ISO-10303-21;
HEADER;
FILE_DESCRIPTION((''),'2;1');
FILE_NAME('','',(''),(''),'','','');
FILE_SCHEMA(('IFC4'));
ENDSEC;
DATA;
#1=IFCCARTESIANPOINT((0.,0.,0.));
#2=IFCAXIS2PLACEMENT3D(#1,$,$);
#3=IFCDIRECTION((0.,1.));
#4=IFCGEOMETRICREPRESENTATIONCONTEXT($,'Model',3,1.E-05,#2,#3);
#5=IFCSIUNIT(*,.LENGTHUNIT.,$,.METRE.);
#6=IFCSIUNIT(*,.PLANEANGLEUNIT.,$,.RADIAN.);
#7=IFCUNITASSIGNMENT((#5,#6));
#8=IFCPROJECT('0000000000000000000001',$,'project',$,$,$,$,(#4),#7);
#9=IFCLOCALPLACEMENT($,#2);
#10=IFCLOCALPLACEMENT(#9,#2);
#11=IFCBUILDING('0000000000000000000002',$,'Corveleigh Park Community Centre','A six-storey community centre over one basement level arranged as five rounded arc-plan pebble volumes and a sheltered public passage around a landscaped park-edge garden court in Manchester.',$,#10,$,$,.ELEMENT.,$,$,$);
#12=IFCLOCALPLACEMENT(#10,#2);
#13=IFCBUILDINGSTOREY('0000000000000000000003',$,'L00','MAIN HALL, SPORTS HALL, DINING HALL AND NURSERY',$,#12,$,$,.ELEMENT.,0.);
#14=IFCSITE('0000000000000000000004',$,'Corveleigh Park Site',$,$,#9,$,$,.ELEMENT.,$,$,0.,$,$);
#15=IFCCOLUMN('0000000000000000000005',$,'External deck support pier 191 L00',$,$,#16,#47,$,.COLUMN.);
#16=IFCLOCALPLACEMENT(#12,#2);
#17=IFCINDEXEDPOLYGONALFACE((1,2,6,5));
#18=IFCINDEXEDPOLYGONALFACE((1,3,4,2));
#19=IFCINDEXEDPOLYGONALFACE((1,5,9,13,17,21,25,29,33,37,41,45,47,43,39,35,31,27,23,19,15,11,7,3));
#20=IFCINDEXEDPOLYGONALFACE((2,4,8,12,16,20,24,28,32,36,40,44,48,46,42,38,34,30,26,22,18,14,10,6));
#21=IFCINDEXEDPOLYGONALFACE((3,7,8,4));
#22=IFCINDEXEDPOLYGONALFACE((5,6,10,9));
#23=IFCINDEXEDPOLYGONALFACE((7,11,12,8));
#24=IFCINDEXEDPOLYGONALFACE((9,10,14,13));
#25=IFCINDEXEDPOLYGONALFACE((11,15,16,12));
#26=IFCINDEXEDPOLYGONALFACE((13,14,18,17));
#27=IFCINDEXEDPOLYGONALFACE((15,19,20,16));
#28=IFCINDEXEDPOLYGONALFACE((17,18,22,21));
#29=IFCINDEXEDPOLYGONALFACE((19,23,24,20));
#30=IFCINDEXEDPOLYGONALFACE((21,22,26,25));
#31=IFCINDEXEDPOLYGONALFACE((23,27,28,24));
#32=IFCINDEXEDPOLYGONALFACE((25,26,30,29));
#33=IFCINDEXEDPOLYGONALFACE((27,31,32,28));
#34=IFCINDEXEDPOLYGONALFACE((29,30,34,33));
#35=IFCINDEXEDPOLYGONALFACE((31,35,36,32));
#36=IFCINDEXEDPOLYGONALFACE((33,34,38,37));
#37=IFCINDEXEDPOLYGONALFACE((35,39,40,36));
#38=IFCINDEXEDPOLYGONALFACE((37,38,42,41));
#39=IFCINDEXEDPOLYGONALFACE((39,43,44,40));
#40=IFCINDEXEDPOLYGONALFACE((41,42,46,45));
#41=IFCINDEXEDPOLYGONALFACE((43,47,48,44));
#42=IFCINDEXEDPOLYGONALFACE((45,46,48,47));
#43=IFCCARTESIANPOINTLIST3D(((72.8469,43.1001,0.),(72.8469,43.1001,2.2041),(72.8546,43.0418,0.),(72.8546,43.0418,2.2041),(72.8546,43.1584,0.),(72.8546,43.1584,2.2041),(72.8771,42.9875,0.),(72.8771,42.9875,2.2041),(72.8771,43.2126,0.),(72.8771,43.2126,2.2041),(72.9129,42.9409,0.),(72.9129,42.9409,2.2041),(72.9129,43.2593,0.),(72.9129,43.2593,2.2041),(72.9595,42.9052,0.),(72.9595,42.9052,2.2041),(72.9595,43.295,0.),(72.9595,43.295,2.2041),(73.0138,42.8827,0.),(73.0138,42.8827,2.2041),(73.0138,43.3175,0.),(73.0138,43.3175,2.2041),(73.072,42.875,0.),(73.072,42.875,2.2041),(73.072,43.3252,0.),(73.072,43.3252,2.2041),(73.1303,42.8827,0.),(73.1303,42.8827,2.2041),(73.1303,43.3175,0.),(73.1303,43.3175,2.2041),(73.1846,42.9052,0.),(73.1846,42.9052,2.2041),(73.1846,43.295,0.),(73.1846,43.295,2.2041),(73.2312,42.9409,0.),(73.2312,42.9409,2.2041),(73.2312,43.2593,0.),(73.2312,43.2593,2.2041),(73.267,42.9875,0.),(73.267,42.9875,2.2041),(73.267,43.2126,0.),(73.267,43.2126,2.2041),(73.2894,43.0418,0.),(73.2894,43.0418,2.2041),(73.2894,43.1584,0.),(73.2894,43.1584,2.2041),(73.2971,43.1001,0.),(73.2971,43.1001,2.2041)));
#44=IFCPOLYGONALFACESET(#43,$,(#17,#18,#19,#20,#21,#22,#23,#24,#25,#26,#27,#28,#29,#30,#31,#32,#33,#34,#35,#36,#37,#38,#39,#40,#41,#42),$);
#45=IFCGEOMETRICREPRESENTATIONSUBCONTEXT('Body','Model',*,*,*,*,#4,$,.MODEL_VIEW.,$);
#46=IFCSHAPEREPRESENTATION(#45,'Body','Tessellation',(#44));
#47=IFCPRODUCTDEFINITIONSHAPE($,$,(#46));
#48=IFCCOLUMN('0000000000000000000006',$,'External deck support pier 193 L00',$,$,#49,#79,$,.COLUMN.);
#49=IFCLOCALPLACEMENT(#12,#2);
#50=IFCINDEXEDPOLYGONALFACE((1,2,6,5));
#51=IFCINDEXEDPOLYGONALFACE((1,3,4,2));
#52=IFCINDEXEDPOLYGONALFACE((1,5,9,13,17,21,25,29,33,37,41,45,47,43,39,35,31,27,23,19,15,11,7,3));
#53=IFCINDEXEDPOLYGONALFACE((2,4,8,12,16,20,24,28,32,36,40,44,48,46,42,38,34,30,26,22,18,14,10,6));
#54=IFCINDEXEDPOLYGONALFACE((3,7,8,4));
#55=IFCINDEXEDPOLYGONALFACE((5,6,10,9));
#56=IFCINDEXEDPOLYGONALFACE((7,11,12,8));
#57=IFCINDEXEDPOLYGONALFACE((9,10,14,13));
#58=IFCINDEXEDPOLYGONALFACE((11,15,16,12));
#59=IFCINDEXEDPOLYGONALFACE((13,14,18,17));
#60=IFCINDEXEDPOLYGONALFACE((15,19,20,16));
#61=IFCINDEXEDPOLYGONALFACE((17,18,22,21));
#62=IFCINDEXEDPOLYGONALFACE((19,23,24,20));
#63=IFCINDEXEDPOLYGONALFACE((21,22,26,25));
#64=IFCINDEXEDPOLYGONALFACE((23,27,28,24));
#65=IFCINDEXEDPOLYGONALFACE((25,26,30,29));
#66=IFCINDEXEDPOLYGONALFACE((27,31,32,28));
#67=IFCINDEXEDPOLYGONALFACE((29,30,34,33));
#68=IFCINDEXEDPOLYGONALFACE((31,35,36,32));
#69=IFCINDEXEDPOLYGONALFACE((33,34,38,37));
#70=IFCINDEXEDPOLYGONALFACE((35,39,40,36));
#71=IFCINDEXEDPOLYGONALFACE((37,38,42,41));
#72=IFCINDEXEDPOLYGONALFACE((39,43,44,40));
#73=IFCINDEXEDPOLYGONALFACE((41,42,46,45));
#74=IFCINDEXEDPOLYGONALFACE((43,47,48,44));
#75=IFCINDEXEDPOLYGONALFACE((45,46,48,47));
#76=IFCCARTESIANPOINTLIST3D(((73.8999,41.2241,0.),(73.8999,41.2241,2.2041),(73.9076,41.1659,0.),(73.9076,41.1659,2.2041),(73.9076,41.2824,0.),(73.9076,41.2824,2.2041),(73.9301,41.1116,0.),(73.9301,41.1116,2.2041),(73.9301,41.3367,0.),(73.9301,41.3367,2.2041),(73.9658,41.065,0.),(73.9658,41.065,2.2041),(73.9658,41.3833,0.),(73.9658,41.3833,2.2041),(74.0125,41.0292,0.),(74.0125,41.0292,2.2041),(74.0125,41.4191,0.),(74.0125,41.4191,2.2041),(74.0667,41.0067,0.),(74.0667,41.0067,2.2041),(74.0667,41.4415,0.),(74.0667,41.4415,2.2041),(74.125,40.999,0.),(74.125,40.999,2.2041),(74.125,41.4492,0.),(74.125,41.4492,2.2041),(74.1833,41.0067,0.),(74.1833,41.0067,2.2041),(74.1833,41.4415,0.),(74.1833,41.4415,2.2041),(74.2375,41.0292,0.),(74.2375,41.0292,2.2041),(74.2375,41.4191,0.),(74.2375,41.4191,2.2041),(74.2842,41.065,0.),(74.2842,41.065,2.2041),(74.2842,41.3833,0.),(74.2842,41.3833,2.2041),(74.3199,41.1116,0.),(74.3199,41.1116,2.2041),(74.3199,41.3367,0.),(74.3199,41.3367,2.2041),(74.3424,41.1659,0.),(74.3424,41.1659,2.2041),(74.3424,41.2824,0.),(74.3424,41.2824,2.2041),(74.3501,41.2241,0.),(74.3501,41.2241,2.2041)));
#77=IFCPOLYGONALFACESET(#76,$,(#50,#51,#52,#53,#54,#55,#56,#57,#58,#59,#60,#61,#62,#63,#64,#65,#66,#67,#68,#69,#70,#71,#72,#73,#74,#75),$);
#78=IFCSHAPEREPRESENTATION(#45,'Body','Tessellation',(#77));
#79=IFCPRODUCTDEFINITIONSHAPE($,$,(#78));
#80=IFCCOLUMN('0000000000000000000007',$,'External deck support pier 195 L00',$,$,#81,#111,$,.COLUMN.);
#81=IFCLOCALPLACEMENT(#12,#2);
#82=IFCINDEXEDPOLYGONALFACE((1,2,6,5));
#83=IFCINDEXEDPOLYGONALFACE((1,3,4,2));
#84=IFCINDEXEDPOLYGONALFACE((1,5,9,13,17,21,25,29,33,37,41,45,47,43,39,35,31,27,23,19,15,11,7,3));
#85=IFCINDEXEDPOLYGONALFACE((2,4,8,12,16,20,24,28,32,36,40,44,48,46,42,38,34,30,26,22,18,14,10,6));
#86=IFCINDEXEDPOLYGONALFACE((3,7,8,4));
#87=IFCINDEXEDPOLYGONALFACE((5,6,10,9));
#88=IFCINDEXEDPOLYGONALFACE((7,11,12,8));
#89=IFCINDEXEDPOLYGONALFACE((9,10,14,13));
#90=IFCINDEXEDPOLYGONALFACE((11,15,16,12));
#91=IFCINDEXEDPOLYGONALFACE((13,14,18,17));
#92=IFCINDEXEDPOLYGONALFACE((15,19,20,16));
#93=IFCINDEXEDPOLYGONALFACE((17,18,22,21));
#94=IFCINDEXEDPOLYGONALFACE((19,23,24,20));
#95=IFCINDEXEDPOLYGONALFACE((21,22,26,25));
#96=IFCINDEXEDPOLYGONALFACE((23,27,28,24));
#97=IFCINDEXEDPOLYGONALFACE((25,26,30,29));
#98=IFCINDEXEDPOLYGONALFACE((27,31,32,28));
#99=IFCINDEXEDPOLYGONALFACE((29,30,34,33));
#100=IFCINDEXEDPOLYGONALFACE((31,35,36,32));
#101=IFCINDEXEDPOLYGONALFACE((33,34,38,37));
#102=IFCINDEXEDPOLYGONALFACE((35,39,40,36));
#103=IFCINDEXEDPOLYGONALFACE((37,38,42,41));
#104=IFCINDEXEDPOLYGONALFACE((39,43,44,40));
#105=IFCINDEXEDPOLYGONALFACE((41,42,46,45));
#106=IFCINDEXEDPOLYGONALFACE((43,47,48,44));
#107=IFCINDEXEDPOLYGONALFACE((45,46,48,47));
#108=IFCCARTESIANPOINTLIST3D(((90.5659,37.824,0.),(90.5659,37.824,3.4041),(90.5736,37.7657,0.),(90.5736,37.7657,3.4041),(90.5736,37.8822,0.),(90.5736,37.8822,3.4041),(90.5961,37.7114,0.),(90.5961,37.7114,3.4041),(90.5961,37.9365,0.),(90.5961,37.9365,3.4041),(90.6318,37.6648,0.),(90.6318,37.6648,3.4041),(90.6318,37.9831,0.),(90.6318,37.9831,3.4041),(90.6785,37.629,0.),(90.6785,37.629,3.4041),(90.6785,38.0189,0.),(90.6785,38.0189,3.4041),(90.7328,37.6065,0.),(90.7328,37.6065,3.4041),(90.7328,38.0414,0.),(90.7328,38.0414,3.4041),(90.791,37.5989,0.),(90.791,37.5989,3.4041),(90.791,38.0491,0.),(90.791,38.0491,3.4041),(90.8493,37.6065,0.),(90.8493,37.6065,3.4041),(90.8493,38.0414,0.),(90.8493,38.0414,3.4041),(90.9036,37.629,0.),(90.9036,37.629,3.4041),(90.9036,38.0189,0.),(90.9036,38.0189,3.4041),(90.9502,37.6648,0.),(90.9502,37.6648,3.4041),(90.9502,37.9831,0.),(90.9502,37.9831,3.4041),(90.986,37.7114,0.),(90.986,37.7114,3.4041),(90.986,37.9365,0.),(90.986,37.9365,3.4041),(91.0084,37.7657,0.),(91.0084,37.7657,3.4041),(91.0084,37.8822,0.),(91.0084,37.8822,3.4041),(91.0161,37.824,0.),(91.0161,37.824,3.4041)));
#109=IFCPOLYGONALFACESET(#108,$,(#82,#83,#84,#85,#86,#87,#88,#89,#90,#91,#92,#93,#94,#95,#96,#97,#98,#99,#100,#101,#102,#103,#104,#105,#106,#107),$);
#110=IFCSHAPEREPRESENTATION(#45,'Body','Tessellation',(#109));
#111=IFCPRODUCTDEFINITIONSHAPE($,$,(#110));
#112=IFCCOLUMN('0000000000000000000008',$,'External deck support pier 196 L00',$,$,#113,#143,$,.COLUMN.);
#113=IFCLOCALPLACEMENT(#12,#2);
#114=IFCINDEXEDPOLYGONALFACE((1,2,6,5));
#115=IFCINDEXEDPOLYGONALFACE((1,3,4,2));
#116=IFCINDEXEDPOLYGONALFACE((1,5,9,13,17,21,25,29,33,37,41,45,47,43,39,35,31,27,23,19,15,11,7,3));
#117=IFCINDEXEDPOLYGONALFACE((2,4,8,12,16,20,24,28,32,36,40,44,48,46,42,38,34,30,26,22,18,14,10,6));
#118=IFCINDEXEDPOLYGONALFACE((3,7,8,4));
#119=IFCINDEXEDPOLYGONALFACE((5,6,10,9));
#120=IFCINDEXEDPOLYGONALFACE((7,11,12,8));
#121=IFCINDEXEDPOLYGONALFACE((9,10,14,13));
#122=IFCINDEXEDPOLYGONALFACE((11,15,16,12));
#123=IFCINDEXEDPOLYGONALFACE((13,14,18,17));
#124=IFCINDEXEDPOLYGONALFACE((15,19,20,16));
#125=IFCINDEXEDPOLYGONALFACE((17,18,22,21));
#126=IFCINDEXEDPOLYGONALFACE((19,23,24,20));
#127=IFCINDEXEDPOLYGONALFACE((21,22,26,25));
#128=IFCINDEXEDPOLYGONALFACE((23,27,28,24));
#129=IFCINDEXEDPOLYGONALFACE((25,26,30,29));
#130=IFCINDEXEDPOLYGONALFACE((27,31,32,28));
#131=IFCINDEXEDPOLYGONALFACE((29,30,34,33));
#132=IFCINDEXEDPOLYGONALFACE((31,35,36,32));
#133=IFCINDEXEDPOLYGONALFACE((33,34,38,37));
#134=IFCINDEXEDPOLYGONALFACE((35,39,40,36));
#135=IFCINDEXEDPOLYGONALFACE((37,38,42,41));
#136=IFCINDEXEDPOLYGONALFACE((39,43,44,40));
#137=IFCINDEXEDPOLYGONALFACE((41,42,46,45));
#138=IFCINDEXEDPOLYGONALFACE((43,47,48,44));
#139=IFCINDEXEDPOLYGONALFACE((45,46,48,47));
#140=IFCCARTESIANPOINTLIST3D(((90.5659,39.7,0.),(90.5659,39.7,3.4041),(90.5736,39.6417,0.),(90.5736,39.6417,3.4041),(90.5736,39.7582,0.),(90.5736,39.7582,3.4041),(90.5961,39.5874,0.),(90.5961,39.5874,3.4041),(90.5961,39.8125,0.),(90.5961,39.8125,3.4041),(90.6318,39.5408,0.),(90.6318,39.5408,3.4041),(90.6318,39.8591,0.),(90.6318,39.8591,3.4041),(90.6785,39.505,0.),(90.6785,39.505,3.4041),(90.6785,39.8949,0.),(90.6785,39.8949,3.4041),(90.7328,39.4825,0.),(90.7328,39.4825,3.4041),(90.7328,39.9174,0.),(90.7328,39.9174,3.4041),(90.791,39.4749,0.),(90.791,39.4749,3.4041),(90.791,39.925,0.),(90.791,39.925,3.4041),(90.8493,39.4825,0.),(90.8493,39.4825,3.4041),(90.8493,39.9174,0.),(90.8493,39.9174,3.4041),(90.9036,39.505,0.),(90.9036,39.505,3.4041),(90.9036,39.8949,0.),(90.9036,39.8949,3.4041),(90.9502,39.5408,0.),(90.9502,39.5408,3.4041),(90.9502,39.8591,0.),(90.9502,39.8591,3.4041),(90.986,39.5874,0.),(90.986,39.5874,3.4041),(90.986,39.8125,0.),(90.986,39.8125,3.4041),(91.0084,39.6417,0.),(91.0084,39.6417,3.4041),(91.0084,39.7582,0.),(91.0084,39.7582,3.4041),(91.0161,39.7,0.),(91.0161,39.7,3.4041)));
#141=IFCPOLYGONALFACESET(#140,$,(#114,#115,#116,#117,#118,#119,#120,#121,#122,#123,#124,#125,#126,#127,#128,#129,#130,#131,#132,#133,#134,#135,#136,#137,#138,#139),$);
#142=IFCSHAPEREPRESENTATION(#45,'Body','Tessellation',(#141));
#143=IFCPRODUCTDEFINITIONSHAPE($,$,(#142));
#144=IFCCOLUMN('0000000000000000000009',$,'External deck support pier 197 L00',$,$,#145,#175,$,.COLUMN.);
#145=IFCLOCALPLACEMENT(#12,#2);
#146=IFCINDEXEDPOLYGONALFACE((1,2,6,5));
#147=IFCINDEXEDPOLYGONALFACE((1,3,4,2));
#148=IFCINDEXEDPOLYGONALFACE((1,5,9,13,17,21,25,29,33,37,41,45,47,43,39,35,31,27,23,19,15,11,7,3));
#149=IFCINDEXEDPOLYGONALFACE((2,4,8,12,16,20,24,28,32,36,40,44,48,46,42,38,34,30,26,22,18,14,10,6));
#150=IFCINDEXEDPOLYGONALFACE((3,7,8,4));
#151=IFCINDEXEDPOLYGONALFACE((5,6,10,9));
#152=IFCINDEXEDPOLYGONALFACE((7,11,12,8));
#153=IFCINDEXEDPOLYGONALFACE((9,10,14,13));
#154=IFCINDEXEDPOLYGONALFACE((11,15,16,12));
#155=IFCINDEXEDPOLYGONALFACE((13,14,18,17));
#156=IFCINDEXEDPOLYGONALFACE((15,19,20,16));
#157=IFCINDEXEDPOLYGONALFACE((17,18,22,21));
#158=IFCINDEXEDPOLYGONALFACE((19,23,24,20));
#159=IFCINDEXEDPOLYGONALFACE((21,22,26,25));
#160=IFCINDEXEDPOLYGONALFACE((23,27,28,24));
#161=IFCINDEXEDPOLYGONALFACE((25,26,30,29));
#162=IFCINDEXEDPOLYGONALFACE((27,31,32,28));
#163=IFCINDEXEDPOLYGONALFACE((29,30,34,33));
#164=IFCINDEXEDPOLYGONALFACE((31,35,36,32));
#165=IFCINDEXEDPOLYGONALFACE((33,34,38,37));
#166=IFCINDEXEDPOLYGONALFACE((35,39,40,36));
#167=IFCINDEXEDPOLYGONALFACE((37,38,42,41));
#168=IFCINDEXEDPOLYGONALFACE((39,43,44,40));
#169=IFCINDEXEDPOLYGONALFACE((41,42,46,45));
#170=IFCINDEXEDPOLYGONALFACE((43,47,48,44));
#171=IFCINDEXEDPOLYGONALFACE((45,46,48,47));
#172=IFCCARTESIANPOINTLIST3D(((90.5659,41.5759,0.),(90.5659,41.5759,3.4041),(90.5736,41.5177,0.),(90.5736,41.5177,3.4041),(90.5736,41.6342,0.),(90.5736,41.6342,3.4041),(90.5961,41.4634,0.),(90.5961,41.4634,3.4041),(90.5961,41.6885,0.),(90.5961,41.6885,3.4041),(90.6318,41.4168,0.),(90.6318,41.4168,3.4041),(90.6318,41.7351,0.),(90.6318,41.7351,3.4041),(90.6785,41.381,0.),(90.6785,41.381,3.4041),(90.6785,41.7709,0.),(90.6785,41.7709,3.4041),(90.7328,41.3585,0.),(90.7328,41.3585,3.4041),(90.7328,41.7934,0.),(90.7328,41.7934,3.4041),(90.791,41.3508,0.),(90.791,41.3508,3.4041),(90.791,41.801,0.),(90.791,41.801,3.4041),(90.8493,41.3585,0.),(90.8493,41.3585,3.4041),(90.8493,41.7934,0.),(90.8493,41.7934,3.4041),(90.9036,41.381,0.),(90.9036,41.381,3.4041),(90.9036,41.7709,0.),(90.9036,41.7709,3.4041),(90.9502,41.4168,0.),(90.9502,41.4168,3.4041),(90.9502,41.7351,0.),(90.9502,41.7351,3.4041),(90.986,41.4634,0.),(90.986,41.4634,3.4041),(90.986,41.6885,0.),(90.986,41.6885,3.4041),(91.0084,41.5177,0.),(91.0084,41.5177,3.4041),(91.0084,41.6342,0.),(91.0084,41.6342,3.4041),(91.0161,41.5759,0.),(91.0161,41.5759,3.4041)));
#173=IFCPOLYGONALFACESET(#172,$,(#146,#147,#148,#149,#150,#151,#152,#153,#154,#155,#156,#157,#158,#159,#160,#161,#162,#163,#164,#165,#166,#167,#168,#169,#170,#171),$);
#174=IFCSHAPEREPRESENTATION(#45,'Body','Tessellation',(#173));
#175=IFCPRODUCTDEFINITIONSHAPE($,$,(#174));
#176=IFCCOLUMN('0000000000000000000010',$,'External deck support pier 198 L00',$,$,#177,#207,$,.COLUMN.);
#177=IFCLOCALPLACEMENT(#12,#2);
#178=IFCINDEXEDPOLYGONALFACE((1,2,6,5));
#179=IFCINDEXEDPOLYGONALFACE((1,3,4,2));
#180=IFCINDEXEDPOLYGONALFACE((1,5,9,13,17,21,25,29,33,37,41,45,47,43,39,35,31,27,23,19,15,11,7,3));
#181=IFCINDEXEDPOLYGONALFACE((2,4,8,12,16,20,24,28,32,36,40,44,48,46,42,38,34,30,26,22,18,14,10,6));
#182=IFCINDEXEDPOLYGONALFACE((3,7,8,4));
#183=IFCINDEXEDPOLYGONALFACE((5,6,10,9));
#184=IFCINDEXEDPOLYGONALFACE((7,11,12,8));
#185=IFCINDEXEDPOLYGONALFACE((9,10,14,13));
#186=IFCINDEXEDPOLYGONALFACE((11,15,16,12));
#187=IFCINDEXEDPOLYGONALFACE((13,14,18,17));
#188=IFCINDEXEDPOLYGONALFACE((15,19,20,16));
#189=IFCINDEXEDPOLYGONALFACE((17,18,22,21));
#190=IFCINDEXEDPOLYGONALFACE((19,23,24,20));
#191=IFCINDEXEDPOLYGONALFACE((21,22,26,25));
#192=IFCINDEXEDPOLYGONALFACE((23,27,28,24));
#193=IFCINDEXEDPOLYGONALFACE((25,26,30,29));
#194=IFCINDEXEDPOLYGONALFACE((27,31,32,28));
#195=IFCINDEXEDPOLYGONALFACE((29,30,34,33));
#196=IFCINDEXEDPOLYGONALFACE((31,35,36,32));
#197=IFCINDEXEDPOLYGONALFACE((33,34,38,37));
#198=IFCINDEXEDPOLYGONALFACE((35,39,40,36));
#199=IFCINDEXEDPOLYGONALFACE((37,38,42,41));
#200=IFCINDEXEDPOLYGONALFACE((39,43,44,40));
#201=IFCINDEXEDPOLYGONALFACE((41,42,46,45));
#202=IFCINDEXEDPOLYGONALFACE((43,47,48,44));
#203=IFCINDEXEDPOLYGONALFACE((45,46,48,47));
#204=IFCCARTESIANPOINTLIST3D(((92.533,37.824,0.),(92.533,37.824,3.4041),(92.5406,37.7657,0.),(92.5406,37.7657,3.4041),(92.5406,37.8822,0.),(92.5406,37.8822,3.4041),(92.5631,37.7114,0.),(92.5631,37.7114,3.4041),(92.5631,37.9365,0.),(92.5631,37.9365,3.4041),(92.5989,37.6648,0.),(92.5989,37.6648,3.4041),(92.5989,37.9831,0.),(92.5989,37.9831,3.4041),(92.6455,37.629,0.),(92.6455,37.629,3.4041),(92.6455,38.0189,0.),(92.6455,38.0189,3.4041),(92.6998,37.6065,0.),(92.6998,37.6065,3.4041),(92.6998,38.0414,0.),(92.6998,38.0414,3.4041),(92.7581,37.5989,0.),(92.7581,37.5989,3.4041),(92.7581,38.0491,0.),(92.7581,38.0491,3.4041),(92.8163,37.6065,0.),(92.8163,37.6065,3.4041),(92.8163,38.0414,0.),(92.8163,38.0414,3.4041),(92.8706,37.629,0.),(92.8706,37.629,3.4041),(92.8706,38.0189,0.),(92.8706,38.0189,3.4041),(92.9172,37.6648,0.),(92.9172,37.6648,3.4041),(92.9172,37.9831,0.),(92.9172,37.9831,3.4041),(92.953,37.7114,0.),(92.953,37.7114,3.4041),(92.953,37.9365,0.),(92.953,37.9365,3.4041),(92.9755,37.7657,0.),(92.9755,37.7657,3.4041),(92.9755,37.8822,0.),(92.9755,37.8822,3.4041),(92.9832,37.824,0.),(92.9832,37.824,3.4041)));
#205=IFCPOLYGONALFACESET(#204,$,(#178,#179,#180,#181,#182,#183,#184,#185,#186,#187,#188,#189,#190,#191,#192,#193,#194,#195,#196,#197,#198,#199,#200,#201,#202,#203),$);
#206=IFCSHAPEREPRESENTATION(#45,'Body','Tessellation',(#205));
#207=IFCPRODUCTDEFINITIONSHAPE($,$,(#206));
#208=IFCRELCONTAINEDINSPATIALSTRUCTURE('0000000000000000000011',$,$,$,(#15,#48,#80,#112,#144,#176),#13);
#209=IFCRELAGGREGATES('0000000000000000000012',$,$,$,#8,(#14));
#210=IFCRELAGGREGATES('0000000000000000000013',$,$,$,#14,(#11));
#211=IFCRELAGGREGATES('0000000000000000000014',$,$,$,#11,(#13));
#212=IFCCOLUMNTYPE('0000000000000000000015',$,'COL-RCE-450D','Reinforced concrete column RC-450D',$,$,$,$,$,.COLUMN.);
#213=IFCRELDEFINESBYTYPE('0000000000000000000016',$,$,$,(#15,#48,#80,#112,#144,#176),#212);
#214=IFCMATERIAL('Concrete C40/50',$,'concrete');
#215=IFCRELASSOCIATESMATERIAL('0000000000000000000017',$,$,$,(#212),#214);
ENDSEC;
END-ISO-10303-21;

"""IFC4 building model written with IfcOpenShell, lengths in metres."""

from ifc_helpers import new_model, si_unit, direction, frame, origin, origin_2d, place, context, subcontext, project, spatial, circle, extrude, material, material_profile, profile_set, type_object, element, save


model = new_model("IFC4")

# Units and contexts
model_context = context("Model", 3, precision=1e-05, world=origin(), true_north=direction((0.0, 1.0)))
body_context = subcontext(model_context, "Body", "Model", "MODEL_VIEW")
ifc_project = project(units=[si_unit("LENGTHUNIT", "METRE"), si_unit("PLANEANGLEUNIT", "RADIAN")], contexts=[model_context])

# Site, building, storey
site_placement = place(None, origin())
site = spatial("IfcSite", under=ifc_project, at=site_placement, Name="Corveleigh Park Site", CompositionType="ELEMENT", RefElevation=0.0)
building_placement = place(site_placement, origin())
building = spatial("IfcBuilding", under=site, at=building_placement, Name="Corveleigh Park Community Centre", Description="A six-storey community centre over one basement level arranged as five rounded arc-plan pebble volumes and a sheltered public passage around a landscaped park-edge garden court in Manchester.", CompositionType="ELEMENT")
storey_placement = place(building_placement, origin())
storey = spatial("IfcBuildingStorey", under=building, at=storey_placement, Name="L00", Description="MAIN HALL, SPORTS HALL, DINING HALL AND NURSERY", CompositionType="ELEMENT", Elevation=0.0)

# Columns
ifc_material_1 = material(Name="Concrete C40/50", Category="concrete")
ifc_material_profile_1 = material_profile(ifc_material_1, circle(Radius=0.2251, at=origin_2d()), Name="RC-450D", Category="concrete")
ifc_profile_set_1 = profile_set([ifc_material_profile_1], Name="Concrete C40/50")
column_type = type_object("IfcColumnType", Name="COL-RCE-450D", Description="Reinforced concrete column RC-450D", PredefinedType="COLUMN", material=ifc_profile_set_1)
for number, where, z_axis, x_axis, name in (
    (1, (73.072, 43.1001, 0.0), (0.0, 0.0, 1.0), (1.0, 0.0, 0.0), "External deck support pier 191 L00"),
    (2, (74.125, 41.2241, 0.0), (0.0, 0.0, 1.0), (1.0, 0.0, 0.0), "External deck support pier 193 L00"),
):
    element("IfcColumn", number, at=place(storey_placement, frame(where, z_axis=z_axis, x_axis=x_axis)), inside=storey, type_object=column_type, Name=name, PredefinedType="COLUMN", context=body_context, shape_type="SweptSolid", body=[
        extrude(circle(Radius=0.2251, at=origin_2d()), origin(), (0.0, 0.0, 1.0), 2.2041),
    ])
for number, where, z_axis, x_axis, name in (
    (3, (90.791, 37.824, 0.0), (0.0, 0.0, 1.0), (1.0, 0.0, 0.0), "External deck support pier 195 L00"),
    (4, (90.791, 39.7, 0.0), (0.0, 0.0, 1.0), (1.0, 0.0, 0.0), "External deck support pier 196 L00"),
    (5, (90.791, 41.5759, 0.0), (0.0, 0.0, 1.0), (1.0, 0.0, 0.0), "External deck support pier 197 L00"),
    (6, (92.7581, 37.824, 0.0), (0.0, 0.0, 1.0), (1.0, 0.0, 0.0), "External deck support pier 198 L00"),
):
    element("IfcColumn", number, at=place(storey_placement, frame(where, z_axis=z_axis, x_axis=x_axis)), inside=storey, type_object=column_type, Name=name, PredefinedType="COLUMN", context=body_context, shape_type="SweptSolid", body=[
        extrude(circle(Radius=0.2251, at=origin_2d()), origin(), (0.0, 0.0, 1.0), 3.4041),
    ])

save(model, "model.ifc")
